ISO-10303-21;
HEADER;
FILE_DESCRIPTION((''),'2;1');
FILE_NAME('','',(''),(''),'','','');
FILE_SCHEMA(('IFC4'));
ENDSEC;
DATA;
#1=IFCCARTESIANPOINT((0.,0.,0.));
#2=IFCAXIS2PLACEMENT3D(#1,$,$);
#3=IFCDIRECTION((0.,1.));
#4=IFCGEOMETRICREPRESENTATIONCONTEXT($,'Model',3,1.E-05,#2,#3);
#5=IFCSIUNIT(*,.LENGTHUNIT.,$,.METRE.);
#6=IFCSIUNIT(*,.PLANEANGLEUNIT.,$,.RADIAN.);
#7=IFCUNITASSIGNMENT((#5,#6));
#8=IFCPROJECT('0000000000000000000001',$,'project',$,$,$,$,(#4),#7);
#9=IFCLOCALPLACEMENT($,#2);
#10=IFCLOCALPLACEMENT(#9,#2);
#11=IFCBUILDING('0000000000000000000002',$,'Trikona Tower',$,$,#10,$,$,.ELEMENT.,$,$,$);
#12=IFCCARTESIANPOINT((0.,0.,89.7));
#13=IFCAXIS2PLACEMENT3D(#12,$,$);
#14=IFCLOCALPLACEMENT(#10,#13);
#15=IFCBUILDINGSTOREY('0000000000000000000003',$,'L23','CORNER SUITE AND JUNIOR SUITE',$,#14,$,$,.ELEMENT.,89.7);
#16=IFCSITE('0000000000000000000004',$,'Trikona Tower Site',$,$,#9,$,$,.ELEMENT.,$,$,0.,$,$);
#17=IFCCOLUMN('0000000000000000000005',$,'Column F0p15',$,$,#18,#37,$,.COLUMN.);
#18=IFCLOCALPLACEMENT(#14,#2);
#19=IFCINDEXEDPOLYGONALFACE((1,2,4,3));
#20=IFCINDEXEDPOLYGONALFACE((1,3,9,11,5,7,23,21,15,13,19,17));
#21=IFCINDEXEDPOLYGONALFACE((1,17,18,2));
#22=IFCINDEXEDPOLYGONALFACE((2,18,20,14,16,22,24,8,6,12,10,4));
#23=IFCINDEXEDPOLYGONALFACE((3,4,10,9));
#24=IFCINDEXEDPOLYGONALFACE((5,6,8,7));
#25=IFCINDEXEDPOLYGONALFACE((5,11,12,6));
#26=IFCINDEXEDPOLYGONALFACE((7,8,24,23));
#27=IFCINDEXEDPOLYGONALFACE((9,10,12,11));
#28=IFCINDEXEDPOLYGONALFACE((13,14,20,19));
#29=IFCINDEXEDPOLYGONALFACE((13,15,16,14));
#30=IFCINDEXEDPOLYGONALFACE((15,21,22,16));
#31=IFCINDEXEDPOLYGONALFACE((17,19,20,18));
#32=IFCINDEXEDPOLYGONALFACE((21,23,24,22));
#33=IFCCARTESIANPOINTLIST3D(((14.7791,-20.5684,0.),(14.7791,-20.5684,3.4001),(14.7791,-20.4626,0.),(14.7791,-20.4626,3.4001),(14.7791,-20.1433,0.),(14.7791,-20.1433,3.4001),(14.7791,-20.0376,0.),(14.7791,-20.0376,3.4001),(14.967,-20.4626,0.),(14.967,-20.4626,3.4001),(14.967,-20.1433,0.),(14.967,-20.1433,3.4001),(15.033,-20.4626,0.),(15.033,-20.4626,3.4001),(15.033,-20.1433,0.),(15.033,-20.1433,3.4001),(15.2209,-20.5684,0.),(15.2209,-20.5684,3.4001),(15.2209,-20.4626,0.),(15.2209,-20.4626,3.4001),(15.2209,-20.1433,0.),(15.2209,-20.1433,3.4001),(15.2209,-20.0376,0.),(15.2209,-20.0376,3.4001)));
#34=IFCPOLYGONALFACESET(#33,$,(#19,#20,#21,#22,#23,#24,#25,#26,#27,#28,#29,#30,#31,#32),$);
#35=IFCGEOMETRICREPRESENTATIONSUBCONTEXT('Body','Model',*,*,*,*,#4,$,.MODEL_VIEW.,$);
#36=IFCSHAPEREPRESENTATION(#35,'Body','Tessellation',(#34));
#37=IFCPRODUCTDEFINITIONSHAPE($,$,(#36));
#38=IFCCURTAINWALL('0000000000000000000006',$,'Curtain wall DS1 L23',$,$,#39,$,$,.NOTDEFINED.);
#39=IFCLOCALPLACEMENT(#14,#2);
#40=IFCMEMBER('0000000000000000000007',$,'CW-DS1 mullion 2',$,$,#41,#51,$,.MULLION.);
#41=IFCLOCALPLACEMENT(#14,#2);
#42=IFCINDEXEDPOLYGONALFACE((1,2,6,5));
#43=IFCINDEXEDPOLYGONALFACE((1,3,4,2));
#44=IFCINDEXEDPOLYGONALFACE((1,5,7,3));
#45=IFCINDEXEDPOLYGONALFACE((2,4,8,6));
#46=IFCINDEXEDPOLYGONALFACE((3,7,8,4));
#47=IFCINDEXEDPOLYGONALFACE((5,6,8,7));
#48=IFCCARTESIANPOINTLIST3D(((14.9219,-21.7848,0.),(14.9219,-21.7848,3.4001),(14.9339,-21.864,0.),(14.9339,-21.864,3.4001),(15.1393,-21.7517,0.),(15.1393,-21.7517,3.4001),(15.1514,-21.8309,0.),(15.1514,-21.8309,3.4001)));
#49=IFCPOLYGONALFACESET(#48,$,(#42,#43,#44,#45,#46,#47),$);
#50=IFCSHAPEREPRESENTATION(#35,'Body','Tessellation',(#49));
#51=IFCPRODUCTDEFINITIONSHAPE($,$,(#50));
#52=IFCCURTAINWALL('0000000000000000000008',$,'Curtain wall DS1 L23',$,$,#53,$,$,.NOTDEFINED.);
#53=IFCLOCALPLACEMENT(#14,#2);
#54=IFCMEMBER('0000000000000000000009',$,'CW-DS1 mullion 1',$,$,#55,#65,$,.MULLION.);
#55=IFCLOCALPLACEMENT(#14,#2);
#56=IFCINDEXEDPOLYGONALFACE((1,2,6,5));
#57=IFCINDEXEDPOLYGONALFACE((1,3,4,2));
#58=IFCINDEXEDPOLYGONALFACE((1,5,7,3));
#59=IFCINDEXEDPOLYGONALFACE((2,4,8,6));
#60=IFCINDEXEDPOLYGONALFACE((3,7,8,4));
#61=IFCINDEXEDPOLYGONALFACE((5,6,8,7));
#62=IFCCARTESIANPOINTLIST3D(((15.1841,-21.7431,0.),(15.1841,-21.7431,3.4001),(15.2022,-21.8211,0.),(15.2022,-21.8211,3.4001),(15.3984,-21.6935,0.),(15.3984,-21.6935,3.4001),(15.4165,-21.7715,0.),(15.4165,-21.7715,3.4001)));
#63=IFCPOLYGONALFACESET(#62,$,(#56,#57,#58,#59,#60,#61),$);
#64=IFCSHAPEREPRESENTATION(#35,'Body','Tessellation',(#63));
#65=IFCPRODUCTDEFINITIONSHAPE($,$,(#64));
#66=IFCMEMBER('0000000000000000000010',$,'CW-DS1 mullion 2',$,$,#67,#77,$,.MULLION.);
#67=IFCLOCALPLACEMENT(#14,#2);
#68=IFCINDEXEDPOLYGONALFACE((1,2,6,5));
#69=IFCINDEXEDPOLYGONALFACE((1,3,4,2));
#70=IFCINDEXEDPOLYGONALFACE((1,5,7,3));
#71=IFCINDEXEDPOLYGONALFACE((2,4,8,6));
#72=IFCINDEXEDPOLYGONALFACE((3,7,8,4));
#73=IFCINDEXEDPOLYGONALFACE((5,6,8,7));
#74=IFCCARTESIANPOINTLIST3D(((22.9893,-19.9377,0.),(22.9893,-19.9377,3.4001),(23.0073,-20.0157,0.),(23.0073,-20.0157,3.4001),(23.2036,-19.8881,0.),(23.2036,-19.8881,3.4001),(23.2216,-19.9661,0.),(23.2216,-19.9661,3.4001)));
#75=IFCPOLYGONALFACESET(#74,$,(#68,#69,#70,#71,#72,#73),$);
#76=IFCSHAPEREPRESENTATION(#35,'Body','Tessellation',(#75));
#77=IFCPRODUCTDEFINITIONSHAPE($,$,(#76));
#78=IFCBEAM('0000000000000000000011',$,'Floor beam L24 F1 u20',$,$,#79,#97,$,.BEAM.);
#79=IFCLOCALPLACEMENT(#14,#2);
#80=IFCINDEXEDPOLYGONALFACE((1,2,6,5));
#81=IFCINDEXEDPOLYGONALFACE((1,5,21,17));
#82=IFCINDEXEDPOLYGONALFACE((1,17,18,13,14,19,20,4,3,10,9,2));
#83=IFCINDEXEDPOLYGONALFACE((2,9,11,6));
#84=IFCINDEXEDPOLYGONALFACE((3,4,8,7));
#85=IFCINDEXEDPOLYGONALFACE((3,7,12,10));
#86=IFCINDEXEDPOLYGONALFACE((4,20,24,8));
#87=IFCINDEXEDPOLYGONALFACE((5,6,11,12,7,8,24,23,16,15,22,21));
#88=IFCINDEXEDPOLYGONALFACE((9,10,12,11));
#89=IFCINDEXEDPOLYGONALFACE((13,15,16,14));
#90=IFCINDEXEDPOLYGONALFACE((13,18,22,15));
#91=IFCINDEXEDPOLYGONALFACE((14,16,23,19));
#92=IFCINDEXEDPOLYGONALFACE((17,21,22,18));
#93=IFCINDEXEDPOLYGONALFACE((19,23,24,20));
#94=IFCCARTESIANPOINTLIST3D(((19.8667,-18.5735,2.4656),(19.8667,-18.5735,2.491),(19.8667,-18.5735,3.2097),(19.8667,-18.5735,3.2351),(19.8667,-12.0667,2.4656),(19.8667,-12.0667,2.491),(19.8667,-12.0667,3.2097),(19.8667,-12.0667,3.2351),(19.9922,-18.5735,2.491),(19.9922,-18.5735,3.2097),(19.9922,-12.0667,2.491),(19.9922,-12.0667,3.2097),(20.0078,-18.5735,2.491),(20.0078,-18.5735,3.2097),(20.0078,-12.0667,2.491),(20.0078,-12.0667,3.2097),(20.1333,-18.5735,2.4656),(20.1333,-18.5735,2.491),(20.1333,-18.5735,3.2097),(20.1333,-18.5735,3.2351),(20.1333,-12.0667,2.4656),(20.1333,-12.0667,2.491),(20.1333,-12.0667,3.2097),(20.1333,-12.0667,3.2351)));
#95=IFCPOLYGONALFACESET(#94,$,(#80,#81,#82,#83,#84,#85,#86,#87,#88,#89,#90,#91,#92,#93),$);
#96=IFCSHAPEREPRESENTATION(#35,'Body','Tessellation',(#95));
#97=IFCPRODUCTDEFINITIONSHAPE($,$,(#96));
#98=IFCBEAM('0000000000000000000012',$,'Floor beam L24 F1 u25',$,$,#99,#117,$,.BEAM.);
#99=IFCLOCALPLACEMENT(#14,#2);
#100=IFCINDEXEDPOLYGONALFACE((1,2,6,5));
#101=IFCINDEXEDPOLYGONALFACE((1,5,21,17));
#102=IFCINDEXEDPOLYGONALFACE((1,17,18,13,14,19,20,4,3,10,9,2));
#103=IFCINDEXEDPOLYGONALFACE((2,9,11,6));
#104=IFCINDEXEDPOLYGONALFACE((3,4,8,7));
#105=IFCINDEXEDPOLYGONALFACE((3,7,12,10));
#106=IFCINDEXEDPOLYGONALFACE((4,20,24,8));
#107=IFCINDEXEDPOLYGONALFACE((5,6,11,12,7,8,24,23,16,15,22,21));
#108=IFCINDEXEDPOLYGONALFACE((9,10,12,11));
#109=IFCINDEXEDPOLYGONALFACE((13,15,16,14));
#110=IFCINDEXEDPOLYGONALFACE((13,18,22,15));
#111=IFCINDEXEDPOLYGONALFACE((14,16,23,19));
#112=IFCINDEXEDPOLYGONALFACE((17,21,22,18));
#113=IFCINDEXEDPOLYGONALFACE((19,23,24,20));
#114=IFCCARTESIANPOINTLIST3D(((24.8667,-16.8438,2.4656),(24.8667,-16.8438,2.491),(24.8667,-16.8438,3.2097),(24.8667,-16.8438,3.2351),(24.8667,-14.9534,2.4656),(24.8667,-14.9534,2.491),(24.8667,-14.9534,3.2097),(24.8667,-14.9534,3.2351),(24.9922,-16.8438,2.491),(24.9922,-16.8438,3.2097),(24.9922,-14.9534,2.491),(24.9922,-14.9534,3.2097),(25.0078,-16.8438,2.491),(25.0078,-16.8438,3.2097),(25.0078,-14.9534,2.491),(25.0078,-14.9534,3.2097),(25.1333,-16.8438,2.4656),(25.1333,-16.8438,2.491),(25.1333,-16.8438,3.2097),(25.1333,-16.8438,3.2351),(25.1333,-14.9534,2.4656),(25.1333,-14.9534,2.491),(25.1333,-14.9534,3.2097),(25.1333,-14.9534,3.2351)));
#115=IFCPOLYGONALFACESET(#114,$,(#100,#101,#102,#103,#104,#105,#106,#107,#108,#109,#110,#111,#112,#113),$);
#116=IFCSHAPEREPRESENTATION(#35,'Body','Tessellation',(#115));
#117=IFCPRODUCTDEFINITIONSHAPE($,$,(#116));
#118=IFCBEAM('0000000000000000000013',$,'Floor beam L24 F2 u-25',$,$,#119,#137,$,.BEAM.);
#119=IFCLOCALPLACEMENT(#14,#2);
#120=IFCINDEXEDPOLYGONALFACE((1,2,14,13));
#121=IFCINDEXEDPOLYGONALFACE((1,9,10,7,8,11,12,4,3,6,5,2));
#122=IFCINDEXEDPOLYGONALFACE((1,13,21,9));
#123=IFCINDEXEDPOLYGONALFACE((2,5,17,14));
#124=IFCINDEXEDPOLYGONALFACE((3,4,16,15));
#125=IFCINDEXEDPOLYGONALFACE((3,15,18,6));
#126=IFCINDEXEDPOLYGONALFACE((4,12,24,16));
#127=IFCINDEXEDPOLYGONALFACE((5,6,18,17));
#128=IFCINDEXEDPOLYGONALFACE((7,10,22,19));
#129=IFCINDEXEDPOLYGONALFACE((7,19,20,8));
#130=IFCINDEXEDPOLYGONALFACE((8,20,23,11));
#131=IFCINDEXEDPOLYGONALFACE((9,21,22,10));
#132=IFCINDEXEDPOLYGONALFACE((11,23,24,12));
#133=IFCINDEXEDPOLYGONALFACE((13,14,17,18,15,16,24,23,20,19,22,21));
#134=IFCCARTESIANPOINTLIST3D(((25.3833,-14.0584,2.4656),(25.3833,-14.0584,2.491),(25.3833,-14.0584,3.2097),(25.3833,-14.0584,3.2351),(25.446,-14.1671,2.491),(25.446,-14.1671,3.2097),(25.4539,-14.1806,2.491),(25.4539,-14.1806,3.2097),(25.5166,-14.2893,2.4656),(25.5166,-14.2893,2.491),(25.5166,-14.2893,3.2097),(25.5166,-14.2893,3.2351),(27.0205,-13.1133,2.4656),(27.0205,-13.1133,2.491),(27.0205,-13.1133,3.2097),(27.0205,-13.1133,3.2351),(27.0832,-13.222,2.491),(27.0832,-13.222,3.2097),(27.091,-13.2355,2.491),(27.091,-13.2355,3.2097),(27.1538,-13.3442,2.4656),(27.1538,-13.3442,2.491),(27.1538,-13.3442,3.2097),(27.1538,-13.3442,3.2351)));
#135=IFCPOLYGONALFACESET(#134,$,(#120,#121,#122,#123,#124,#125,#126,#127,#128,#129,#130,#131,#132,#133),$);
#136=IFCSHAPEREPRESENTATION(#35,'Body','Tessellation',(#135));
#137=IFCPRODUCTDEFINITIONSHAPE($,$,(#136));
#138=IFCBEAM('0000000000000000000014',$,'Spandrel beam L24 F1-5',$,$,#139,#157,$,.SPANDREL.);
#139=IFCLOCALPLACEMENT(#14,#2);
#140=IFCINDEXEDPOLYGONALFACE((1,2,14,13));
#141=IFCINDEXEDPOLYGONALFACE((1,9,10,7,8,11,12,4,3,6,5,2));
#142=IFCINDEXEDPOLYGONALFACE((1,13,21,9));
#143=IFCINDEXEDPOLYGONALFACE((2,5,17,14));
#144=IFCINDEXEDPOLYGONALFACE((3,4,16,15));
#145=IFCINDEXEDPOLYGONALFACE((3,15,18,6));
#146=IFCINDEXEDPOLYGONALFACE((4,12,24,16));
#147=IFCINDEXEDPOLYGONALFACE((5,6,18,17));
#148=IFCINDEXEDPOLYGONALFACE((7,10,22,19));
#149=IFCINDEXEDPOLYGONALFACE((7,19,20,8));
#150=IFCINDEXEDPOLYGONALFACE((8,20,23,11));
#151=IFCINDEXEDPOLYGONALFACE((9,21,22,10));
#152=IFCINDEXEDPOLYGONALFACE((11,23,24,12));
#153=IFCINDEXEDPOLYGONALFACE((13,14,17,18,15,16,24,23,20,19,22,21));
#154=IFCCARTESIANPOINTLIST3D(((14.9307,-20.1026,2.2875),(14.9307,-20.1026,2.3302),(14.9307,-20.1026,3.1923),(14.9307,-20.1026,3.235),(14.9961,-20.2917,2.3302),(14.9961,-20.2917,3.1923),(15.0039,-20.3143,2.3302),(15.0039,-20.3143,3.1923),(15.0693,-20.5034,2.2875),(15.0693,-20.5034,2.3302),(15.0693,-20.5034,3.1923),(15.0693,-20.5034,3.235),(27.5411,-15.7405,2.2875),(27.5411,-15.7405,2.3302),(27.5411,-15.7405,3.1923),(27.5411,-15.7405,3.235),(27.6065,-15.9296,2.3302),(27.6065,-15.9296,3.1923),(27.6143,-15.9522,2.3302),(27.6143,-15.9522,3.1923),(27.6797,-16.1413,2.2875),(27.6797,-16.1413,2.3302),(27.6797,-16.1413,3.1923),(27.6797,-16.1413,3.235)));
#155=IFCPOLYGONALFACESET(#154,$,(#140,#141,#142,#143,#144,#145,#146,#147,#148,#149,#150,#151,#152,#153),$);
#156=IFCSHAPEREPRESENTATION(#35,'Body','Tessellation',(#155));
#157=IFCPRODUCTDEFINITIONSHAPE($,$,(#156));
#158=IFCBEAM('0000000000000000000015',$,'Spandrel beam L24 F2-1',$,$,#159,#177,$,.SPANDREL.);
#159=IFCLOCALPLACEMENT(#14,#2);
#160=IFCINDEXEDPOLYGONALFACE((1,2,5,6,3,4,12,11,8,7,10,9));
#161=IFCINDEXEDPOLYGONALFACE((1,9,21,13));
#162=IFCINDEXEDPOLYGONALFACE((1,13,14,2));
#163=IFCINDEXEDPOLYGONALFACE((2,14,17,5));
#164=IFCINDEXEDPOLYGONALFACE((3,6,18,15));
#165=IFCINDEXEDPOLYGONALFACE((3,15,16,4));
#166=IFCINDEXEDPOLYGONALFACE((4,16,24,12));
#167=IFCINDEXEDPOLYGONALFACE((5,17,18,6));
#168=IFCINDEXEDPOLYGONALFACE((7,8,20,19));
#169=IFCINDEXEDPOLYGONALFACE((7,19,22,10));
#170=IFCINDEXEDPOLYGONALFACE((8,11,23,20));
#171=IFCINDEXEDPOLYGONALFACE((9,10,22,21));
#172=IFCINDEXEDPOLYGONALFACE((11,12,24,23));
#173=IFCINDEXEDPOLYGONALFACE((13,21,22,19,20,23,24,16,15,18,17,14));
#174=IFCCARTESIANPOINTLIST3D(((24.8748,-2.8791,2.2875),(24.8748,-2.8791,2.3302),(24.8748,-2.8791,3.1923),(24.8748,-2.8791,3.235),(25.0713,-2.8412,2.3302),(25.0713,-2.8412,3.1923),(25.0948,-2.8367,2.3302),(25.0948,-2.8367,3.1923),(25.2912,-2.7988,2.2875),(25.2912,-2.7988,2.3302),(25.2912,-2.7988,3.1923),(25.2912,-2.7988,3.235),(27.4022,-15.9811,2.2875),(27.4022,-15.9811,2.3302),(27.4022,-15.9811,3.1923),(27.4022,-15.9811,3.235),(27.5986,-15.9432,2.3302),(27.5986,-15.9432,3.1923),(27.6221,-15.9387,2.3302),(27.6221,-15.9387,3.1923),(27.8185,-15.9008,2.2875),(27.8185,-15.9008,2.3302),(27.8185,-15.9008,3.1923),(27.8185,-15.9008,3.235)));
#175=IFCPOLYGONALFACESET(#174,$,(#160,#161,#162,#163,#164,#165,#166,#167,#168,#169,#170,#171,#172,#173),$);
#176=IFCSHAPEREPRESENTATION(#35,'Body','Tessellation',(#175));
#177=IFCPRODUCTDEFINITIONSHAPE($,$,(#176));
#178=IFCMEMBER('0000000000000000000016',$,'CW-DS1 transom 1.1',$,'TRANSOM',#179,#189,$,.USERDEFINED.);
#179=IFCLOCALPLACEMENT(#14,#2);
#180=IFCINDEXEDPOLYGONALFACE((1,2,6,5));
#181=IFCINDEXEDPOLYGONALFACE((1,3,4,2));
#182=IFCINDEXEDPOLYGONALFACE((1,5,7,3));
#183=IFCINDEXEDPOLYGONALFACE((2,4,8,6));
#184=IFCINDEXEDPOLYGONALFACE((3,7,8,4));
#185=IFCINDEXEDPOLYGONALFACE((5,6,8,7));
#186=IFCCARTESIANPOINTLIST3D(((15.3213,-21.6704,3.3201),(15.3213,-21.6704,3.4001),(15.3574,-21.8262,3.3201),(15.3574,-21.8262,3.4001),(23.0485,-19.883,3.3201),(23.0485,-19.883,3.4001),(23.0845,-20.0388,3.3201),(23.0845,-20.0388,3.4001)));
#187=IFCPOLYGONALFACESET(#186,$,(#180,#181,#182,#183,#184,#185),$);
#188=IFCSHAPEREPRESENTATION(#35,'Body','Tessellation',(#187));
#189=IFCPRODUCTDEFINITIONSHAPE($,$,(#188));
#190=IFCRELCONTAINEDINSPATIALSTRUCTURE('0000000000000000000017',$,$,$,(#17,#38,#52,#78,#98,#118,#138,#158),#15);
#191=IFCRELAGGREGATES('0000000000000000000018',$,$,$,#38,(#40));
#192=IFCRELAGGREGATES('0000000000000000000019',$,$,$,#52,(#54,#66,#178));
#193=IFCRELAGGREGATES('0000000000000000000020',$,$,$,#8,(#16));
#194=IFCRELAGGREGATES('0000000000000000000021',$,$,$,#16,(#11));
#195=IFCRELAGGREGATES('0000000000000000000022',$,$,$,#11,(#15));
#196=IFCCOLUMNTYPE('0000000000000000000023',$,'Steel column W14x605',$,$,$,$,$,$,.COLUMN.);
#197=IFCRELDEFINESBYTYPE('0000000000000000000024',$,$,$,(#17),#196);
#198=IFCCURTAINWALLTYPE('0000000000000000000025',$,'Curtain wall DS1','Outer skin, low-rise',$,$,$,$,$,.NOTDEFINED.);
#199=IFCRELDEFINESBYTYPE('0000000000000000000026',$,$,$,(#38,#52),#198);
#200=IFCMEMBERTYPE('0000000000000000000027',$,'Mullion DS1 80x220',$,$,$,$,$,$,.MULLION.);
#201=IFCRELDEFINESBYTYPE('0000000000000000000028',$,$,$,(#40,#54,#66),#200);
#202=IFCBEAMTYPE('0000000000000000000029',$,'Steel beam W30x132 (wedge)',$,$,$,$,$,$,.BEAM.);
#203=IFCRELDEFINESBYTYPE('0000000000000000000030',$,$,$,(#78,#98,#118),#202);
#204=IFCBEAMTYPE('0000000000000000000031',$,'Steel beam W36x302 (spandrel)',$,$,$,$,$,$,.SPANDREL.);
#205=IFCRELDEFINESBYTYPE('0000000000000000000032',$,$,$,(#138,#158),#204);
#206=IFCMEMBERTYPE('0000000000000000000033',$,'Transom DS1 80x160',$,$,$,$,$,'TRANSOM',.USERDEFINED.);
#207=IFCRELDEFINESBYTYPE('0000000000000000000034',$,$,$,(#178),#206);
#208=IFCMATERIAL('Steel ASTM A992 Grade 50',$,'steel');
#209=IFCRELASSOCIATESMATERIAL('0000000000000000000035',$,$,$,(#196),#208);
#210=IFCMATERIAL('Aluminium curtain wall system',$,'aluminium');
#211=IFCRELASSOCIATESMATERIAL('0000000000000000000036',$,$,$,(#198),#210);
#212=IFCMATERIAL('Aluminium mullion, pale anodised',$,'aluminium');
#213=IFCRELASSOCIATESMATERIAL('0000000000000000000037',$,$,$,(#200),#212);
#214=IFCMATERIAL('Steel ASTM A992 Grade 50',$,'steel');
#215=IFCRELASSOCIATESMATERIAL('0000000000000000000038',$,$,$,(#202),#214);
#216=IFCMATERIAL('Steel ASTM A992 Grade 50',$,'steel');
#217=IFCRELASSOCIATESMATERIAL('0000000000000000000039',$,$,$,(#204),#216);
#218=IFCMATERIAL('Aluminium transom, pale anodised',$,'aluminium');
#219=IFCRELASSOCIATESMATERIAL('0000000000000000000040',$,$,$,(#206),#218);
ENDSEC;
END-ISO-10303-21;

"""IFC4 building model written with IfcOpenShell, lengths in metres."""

from ifc_helpers import new_model, si_unit, direction, frame, origin, origin_2d, place, context, subcontext, project, spatial, rectangle, i_section, extrude, material, material_profile, profile_set, type_object, element, aggregate, save


model = new_model("IFC4")

# Units and contexts
model_context = context("Model", 3, precision=1e-05, world=origin(), true_north=direction((0.0, 1.0)))
body_context = subcontext(model_context, "Body", "Model", "MODEL_VIEW")
ifc_project = project(units=[si_unit("LENGTHUNIT", "METRE"), si_unit("PLANEANGLEUNIT", "RADIAN")], contexts=[model_context])

# Site, building, storey
site_placement = place(None, origin())
site = spatial("IfcSite", under=ifc_project, at=site_placement, Name="Trikona Tower Site", CompositionType="ELEMENT", RefElevation=0.0)
building_placement = place(site_placement, origin())
building = spatial("IfcBuilding", under=site, at=building_placement, Name="Trikona Tower", CompositionType="ELEMENT")
storey_placement = place(building_placement, frame((0.0, 0.0, 89.7)))
storey = spatial("IfcBuildingStorey", under=building, at=storey_placement, Name="L23", Description="CORNER SUITE AND JUNIOR SUITE", CompositionType="ELEMENT", Elevation=89.7)

# Column
ifc_material_1 = material(Name="Steel ASTM A992 Grade 50", Category="steel")
ifc_material_profile_1 = material_profile(ifc_material_1, i_section(OverallWidth=0.4419, OverallDepth=0.5308, WebThickness=0.0659, FlangeThickness=0.1057, at=origin_2d()), Name="W14X605")
ifc_profile_set_1 = profile_set([ifc_material_profile_1], Name="Steel ASTM A992 Grade 50")
column_type = type_object("IfcColumnType", Name="Steel column W14x605", PredefinedType="COLUMN", material=ifc_profile_set_1)
column_placement = place(storey_placement, frame((15.0, -20.303, 0.0), z_axis=(0.0, 0.0, 1.0), x_axis=(1.0, 0.0, 0.0)))
element("IfcColumn", 1, at=column_placement, inside=storey, type_object=column_type, Name="Column F0p15", PredefinedType="COLUMN", context=body_context, shape_type="SweptSolid", body=[
    extrude(i_section(OverallWidth=0.4419, OverallDepth=0.5308, WebThickness=0.0659, FlangeThickness=0.1057, at=origin_2d()), origin(), (0.0, 0.0, 1.0), 3.4001),
])

# Curtain wall, member
ifc_material_2 = material(Name="Aluminium curtain wall system", Category="aluminium")
curtain_wall_type = type_object("IfcCurtainWallType", Name="Curtain wall DS1", Description="Outer skin, low-rise", PredefinedType="NOTDEFINED", material=ifc_material_2)
curtain_wall_1_placement = place(storey_placement, origin())
curtain_wall_1 = element("IfcCurtainWall", 2, at=curtain_wall_1_placement, inside=storey, type_object=curtain_wall_type, Name="Curtain wall DS1 L23", PredefinedType="NOTDEFINED")
ifc_material_3 = material(Name="Aluminium mullion, pale anodised", Category="aluminium")
ifc_material_profile_2 = material_profile(ifc_material_3, rectangle(XDim=0.0801, YDim=0.22, at=origin_2d()), Name="MUL-DS1")
ifc_profile_set_2 = profile_set([ifc_material_profile_2], Name="Aluminium mullion, pale anodised")
member_type_1 = type_object("IfcMemberType", Name="Mullion DS1 80x220", PredefinedType="MULLION", material=ifc_profile_set_2)
member_1_placement = place(storey_placement, frame((15.0366, -21.8079, 0.0), z_axis=(0.0, 0.0, 1.0), x_axis=(-0.150438, 0.988619, 0.0)))
member_1 = element("IfcMember", 3, at=member_1_placement, type_object=member_type_1, Name="CW-DS1 mullion 2", PredefinedType="MULLION", context=body_context, shape_type="SweptSolid", body=[
    extrude(rectangle(XDim=0.0801, YDim=0.22, at=origin_2d()), origin(), (0.0, 0.0, 1.0), 3.4001),
])
aggregate(curtain_wall_1, [member_1])

# Curtain wall, members
curtain_wall_2_placement = place(storey_placement, origin())
curtain_wall_2 = element("IfcCurtainWall", 4, at=curtain_wall_2_placement, inside=storey, type_object=curtain_wall_type, Name="Curtain wall DS1 L23", PredefinedType="NOTDEFINED")
member_2_placement = place(storey_placement, frame((15.3003, -21.7573, 0.0), z_axis=(0.0, 0.0, 1.0), x_axis=(-0.225343, 0.974279, 0.0)))
member_2 = element("IfcMember", 5, at=member_2_placement, type_object=member_type_1, Name="CW-DS1 mullion 1", PredefinedType="MULLION", context=body_context, shape_type="SweptSolid", body=[
    extrude(rectangle(XDim=0.0801, YDim=0.22, at=origin_2d()), origin(), (0.0, 0.0, 1.0), 3.4001),
])
member_3_placement = place(storey_placement, frame((23.1055, -19.9519, 0.0), z_axis=(0.0, 0.0, 1.0), x_axis=(-0.225343, 0.974279, 0.0)))
member_3 = element("IfcMember", 6, at=member_3_placement, type_object=member_type_1, Name="CW-DS1 mullion 2", PredefinedType="MULLION", context=body_context, shape_type="SweptSolid", body=[
    extrude(rectangle(XDim=0.0801, YDim=0.22, at=origin_2d()), origin(), (0.0, 0.0, 1.0), 3.4001),
])

# Beams
ifc_material_4 = material(Name="Steel ASTM A992 Grade 50", Category="steel")
ifc_material_profile_3 = material_profile(ifc_material_4, i_section(OverallWidth=0.2666, OverallDepth=0.7695, WebThickness=0.0156, FlangeThickness=0.0254, at=origin_2d()), Name="W30X132")
ifc_profile_set_3 = profile_set([ifc_material_profile_3], Name="Steel ASTM A992 Grade 50")
beam_type_1 = type_object("IfcBeamType", Name="Steel beam W30x132 (wedge)", PredefinedType="BEAM", material=ifc_profile_set_3)
beam_placement = place(storey_placement, frame((20.0, -12.0667, 2.8503), z_axis=(0.0, -1.0, 0.0), x_axis=(1.0, 0.0, 0.0)))
element("IfcBeam", 7, at=beam_placement, inside=storey, type_object=beam_type_1, Name="Floor beam L24 F1 u20", PredefinedType="BEAM", context=body_context, shape_type="SweptSolid", body=[
    extrude(i_section(OverallWidth=0.2666, OverallDepth=0.7695, WebThickness=0.0156, FlangeThickness=0.0254, at=origin_2d()), origin(), (0.0, 0.0, 1.0), 6.5068),
])
for number, where, z_axis, x_axis, name in (
    (8, (25.0, -14.9534, 2.8503), (0.0, -1.0, 0.0), (1.0, 0.0, 0.0), "Floor beam L24 F1 u25"),
    (9, (25.45, -14.1738, 2.8503), (0.866065, 0.499931, 0.0), (-0.499931, 0.866065, 0.0), "Floor beam L24 F2 u-25"),
):
    element("IfcBeam", number, at=place(storey_placement, frame(where, z_axis=z_axis, x_axis=x_axis)), inside=storey, type_object=beam_type_1, Name=name, PredefinedType="BEAM", context=body_context, shape_type="SweptSolid", body=[
        extrude(i_section(OverallWidth=0.2666, OverallDepth=0.7695, WebThickness=0.0156, FlangeThickness=0.0254, at=origin_2d()), origin(), (0.0, 0.0, 1.0), 1.8904),
    ])
ifc_material_5 = material(Name="Steel ASTM A992 Grade 50", Category="steel")
ifc_material_profile_4 = material_profile(ifc_material_5, i_section(OverallWidth=0.4241, OverallDepth=0.9475, WebThickness=0.0239, FlangeThickness=0.0427, at=origin_2d()), Name="W36X302")
ifc_profile_set_4 = profile_set([ifc_material_profile_4], Name="Steel ASTM A992 Grade 50")
beam_type_2 = type_object("IfcBeamType", Name="Steel beam W36x302 (spandrel)", PredefinedType="SPANDREL", material=ifc_profile_set_4)
for number, where, z_axis, x_axis, name in (
    (10, (15.0, -20.303, 2.7612), (0.945057, 0.326906, 0.0), (-0.326906, 0.945057, 0.0), "Spandrel beam L24 F1-5"),
    (11, (27.6104, -15.9409, 2.7612), (-0.189405, 0.981899, 0.0), (-0.981899, -0.189405, 0.0), "Spandrel beam L24 F2-1"),
):
    element("IfcBeam", number, at=place(storey_placement, frame(where, z_axis=z_axis, x_axis=x_axis)), inside=storey, type_object=beam_type_2, Name=name, PredefinedType="SPANDREL", context=body_context, shape_type="SweptSolid", body=[
        extrude(i_section(OverallWidth=0.4241, OverallDepth=0.9475, WebThickness=0.0239, FlangeThickness=0.0427, at=origin_2d()), origin(), (0.0, 0.0, 1.0), 13.3435),
    ])

# Member
ifc_material_6 = material(Name="Aluminium transom, pale anodised", Category="aluminium")
ifc_material_profile_5 = material_profile(ifc_material_6, rectangle(XDim=0.1599, YDim=0.0801, at=origin_2d()), Name="TRN-DS1")
ifc_profile_set_5 = profile_set([ifc_material_profile_5], Name="Aluminium transom, pale anodised")
member_type_2 = type_object("IfcMemberType", Name="Transom DS1 80x160", ElementType="TRANSOM", PredefinedType="USERDEFINED", material=ifc_profile_set_5)
member_4_placement = place(storey_placement, frame((15.3394, -21.7483, 3.3601), z_axis=(0.974275, 0.225361, 0.0), x_axis=(-0.225361, 0.974275, 0.0)))
member_4 = element("IfcMember", 12, at=member_4_placement, type_object=member_type_2, Name="CW-DS1 transom 1.1", ObjectType="TRANSOM", PredefinedType="USERDEFINED", context=body_context, shape_type="SweptSolid", body=[
    extrude(rectangle(XDim=0.1599, YDim=0.0801, at=origin_2d()), origin(), (0.0, 0.0, 1.0), 7.9312),
])

aggregate(curtain_wall_2, [member_2, member_3, member_4])

save(model, "model.ifc")
